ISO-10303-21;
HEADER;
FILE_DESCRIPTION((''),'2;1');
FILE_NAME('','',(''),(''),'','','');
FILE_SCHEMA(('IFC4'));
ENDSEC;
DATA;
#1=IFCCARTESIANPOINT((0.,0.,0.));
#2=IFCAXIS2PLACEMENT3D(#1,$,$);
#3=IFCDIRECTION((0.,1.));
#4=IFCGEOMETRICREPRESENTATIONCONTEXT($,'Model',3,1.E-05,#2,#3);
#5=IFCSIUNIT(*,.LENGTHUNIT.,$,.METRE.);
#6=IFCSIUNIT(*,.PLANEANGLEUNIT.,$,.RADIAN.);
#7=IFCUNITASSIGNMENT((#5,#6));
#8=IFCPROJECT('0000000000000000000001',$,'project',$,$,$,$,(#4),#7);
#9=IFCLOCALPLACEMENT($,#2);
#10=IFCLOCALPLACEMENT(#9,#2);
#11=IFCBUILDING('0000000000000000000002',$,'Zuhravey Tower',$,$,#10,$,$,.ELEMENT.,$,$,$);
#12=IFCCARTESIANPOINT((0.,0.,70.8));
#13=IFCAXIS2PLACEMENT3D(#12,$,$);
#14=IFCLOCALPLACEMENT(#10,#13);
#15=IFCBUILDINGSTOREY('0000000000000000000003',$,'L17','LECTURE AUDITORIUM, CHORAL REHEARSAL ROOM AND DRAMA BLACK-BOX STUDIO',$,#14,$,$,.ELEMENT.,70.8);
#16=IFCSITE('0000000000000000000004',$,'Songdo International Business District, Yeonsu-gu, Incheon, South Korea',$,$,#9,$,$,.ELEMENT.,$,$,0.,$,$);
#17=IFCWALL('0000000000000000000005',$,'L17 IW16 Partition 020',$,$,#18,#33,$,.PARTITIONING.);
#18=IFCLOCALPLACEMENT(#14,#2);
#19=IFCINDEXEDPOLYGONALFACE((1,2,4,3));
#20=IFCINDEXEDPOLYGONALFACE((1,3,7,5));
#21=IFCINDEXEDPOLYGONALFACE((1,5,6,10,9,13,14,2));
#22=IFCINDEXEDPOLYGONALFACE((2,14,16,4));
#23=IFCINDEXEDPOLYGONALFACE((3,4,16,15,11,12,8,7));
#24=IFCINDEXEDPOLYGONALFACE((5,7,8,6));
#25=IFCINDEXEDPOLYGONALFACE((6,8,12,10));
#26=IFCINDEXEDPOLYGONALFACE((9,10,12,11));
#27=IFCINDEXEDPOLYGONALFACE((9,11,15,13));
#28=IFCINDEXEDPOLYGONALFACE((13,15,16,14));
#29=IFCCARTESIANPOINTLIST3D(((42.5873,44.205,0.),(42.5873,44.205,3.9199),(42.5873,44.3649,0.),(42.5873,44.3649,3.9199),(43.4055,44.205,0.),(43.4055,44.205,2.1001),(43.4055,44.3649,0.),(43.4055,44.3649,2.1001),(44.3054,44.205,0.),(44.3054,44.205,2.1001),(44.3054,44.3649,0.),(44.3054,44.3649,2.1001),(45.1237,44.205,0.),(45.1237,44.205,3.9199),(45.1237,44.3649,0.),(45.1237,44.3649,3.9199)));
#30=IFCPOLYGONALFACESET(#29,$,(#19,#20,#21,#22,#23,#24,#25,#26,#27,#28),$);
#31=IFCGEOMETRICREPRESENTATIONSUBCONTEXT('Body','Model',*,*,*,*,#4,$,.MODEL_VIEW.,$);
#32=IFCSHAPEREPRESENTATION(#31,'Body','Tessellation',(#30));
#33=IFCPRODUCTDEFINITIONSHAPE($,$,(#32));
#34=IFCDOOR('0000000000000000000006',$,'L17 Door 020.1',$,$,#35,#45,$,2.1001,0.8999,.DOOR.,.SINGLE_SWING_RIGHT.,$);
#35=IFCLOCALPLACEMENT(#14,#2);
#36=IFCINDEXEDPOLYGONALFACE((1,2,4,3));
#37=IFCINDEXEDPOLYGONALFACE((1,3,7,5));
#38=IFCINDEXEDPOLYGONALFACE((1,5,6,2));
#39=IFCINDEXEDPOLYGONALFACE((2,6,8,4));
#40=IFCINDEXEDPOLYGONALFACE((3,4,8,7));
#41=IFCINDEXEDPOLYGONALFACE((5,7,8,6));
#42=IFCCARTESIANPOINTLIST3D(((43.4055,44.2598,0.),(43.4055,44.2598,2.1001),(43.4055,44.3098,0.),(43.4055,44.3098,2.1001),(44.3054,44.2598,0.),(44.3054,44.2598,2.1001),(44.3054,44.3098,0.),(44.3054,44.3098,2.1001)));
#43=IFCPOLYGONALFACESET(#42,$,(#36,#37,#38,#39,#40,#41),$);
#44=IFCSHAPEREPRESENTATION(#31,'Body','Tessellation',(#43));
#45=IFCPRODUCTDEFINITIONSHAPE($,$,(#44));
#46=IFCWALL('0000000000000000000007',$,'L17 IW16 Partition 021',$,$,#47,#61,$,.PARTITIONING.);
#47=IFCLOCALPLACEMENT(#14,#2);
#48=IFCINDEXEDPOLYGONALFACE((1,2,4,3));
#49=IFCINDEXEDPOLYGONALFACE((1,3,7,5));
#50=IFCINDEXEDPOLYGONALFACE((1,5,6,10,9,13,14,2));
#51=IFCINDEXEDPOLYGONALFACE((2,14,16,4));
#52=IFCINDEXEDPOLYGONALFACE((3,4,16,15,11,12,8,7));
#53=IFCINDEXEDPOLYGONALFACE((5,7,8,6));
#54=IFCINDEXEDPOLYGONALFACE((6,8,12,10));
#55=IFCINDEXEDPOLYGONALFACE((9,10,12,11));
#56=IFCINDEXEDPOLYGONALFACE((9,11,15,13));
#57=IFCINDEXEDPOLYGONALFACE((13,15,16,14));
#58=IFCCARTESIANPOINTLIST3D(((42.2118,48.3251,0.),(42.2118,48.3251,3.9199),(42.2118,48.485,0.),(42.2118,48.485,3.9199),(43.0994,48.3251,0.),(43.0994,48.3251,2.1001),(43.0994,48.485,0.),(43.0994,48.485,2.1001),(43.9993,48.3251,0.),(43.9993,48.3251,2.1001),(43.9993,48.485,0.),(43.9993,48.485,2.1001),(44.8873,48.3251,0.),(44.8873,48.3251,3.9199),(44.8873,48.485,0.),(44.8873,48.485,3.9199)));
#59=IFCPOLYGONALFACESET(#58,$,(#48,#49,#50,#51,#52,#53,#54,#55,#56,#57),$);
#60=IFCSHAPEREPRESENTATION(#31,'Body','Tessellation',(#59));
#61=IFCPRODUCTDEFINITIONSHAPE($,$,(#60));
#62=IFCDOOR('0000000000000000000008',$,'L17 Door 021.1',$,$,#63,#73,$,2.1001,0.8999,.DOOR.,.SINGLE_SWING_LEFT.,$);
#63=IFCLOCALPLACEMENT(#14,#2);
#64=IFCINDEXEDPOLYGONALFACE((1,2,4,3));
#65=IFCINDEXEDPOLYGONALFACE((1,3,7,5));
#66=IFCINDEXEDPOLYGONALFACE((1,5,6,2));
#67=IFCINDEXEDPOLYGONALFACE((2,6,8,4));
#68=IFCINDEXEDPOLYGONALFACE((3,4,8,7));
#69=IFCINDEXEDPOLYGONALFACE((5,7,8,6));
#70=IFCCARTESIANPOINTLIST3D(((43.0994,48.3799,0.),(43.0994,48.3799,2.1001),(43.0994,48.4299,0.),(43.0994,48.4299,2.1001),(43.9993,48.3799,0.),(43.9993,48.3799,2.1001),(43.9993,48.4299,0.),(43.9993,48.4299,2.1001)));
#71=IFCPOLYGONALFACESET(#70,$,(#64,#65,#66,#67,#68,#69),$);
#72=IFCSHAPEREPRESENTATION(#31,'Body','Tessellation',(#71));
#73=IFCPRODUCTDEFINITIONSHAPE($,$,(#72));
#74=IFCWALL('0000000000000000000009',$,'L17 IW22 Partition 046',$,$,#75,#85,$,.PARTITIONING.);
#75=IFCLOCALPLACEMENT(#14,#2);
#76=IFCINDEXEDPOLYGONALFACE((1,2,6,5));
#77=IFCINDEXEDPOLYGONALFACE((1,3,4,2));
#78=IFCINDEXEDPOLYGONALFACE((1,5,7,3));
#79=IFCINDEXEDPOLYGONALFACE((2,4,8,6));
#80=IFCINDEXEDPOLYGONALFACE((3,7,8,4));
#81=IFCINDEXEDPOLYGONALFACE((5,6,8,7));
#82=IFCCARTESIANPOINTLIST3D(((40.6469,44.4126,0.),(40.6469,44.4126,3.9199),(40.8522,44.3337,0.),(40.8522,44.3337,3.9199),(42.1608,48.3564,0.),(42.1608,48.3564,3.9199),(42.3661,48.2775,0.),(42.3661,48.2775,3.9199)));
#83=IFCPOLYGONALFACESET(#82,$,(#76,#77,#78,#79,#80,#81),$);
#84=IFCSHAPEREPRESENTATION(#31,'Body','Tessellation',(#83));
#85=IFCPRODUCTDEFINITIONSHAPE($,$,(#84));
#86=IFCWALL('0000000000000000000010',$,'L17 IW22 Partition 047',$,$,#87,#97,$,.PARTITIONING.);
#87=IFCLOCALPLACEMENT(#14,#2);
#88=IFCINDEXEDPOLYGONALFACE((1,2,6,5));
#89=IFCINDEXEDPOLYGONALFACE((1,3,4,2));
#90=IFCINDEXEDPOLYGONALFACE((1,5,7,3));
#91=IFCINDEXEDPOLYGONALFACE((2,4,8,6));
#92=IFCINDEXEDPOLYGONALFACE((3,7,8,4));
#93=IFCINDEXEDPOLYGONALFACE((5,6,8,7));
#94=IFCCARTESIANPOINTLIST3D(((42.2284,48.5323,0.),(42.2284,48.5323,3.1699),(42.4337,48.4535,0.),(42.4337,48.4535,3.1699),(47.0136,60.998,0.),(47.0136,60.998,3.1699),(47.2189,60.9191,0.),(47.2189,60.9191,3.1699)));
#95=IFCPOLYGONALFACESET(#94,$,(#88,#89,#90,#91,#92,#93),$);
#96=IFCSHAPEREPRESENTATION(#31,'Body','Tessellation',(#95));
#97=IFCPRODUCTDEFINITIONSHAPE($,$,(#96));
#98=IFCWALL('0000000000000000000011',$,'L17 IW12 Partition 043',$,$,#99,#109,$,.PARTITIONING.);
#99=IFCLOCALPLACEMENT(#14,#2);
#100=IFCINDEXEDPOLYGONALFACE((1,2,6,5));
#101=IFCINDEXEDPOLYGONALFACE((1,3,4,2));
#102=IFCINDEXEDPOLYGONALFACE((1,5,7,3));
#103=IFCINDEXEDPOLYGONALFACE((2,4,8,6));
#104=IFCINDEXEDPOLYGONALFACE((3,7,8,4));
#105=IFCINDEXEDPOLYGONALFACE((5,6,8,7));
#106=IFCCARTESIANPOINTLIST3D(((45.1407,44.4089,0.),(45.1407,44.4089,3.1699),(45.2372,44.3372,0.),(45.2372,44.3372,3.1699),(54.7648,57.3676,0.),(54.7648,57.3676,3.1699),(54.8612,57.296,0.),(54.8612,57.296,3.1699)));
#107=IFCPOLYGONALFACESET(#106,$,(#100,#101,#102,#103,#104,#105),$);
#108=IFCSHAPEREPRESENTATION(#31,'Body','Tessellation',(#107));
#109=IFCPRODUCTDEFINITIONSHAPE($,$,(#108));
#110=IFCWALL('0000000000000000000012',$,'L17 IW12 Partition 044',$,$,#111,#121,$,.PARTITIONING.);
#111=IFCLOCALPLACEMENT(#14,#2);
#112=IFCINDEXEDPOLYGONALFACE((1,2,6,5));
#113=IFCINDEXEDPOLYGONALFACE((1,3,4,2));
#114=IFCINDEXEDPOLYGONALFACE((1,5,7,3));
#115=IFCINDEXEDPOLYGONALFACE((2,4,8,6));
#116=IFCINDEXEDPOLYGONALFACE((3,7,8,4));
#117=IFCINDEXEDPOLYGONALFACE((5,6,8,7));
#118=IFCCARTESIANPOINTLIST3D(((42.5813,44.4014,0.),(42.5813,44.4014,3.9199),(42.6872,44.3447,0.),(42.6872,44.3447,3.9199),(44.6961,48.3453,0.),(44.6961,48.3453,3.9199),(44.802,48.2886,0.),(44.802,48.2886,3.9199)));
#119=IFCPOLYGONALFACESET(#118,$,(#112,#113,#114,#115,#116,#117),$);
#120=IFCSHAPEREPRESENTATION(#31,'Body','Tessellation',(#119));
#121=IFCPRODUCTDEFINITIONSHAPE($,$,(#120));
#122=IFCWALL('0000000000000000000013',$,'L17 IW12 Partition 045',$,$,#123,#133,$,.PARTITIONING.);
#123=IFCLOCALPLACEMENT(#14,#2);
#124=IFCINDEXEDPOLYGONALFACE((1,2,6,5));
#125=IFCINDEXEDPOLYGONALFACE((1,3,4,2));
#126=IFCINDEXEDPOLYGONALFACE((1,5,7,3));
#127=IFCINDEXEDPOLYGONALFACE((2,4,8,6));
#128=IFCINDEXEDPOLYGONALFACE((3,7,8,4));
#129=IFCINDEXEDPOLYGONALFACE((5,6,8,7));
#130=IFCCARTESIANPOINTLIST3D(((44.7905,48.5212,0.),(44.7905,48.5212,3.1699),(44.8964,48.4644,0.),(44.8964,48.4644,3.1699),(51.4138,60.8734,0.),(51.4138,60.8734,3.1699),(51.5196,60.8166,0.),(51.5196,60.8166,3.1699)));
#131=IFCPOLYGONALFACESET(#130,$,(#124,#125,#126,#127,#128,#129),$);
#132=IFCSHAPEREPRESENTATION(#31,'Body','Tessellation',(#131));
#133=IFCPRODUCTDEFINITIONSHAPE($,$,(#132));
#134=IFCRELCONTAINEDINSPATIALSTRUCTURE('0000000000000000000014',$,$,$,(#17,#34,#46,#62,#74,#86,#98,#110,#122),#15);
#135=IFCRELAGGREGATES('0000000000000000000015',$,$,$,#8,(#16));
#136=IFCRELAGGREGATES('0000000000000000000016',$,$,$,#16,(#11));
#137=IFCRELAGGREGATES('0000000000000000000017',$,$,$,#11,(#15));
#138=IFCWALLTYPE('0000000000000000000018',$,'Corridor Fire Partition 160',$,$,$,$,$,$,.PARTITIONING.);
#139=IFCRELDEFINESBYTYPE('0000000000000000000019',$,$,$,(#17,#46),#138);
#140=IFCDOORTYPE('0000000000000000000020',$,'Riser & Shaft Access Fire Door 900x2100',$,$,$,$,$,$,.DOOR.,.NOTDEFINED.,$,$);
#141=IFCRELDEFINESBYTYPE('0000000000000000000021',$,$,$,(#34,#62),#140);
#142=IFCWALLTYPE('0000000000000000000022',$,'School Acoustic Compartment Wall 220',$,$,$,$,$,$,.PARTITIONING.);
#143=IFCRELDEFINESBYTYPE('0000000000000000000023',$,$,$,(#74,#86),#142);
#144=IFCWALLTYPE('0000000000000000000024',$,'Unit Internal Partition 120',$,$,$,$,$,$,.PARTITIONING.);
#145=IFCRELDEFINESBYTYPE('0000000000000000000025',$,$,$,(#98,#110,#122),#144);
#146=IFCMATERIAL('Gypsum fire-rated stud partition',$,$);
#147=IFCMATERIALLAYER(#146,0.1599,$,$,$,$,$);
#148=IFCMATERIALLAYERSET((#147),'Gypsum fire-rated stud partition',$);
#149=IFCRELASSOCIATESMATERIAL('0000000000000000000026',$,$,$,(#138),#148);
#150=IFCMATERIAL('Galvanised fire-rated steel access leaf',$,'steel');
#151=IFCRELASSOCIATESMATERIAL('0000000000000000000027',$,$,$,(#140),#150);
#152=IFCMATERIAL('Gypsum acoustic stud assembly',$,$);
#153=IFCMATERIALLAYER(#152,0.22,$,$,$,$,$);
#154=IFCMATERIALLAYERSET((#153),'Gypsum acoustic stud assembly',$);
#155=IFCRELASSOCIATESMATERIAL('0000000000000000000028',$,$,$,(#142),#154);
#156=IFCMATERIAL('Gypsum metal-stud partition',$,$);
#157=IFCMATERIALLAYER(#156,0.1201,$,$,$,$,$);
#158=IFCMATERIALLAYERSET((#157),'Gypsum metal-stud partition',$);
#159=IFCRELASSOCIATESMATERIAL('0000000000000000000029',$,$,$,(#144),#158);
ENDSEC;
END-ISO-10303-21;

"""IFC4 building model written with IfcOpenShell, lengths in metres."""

from ifc_helpers import new_model, si_unit, direction, frame, frame_2d, origin, place, context, subcontext, project, spatial, rectangle, extrude, material, layer, layer_set, type_object, element, fill, save


model = new_model("IFC4")

# Units and contexts
model_context = context("Model", 3, precision=1e-05, world=origin(), true_north=direction((0.0, 1.0)))
body_context = subcontext(model_context, "Body", "Model", "MODEL_VIEW")
ifc_project = project(units=[si_unit("LENGTHUNIT", "METRE"), si_unit("PLANEANGLEUNIT", "RADIAN")], contexts=[model_context])

# Site, building, storey
site_placement = place(None, origin())
site = spatial("IfcSite", under=ifc_project, at=site_placement, Name="Songdo International Business District, Yeonsu-gu, Incheon, South Korea", CompositionType="ELEMENT", RefElevation=0.0)
building_placement = place(site_placement, origin())
building = spatial("IfcBuilding", under=site, at=building_placement, Name="Zuhravey Tower", CompositionType="ELEMENT")
storey_placement = place(building_placement, frame((0.0, 0.0, 70.8)))
storey = spatial("IfcBuildingStorey", under=building, at=storey_placement, Name="L17", Description="LECTURE AUDITORIUM, CHORAL REHEARSAL ROOM AND DRAMA BLACK-BOX STUDIO", CompositionType="ELEMENT", Elevation=70.8)

# Walls, openings, doors
ifc_material_1 = material(Name="Gypsum fire-rated stud partition")
ifc_layer_1 = layer(ifc_material_1, 0.1599)
ifc_layer_set_1 = layer_set([ifc_layer_1], Name="Gypsum fire-rated stud partition")
wall_type_1 = type_object("IfcWallType", Name="Corridor Fire Partition 160", PredefinedType="PARTITIONING", material=ifc_layer_set_1)
wall_1_placement = place(storey_placement, frame((45.1235, 44.2849, 0.0), z_axis=(0.0, 0.0, 1.0), x_axis=(-1.0, 0.0, 0.0)))
wall_1 = element("IfcWall", 1, at=wall_1_placement, inside=storey, type_object=wall_type_1, Name="L17 IW16 Partition 020", PredefinedType="PARTITIONING", context=body_context, shape_type="SweptSolid", body=[
    extrude(rectangle(XDim=2.5364, YDim=0.1599, at=frame_2d((1.2681, 0.0))), origin(), (0.0, 0.0, 1.0), 3.9199),
])
opening_1_placement = place(wall_1_placement, frame((0.8181, 0.0, 0.0)))
opening_1 = element("IfcOpeningElement", 2, at=opening_1_placement, cuts=wall_1, PredefinedType="OPENING", context=body_context, shape_type="SweptSolid", body=[
    extrude(rectangle(XDim=0.8999, YDim=2.1001, at=frame_2d((0.45, 1.05))), frame((0.0, 0.092, 0.0), z_axis=(0.0, -1.0, 0.0), x_axis=(1.0, 0.0, 0.0)), (0.0, 0.0, 1.0), 0.1838),
])
ifc_material_2 = material(Name="Galvanised fire-rated steel access leaf", Category="steel")
door_type = type_object("IfcDoorType", Name="Riser & Shaft Access Fire Door 900x2100", OperationType="NOTDEFINED", PredefinedType="DOOR", material=ifc_material_2)
door_1_placement = place(opening_1_placement, frame((0.8999, 0.0, 0.0), z_axis=(0.0, 0.0, 1.0), x_axis=(-1.0, 0.0, 0.0)))
door_1 = element("IfcDoor", 3, at=door_1_placement, inside=storey, type_object=door_type, Name="L17 Door 020.1", OperationType="SINGLE_SWING_RIGHT", OverallHeight=2.1001, OverallWidth=0.8999, PredefinedType="DOOR", context=body_context, shape_type="SweptSolid", body=[
    extrude(rectangle(XDim=0.8999, YDim=2.1001, at=frame_2d((0.45, 1.05))), frame((0.0, 0.0249, 0.0), z_axis=(0.0, -1.0, 0.0), x_axis=(1.0, 0.0, 0.0)), (0.0, 0.0, 1.0), 0.05),
])
fill(opening_1, door_1)
wall_2_placement = place(storey_placement, frame((42.2117, 48.405, 0.0), z_axis=(0.0, 0.0, 1.0), x_axis=(1.0, 0.0, 0.0)))
wall_2 = element("IfcWall", 4, at=wall_2_placement, inside=storey, type_object=wall_type_1, Name="L17 IW16 Partition 021", PredefinedType="PARTITIONING", context=body_context, shape_type="SweptSolid", body=[
    extrude(rectangle(XDim=2.6755, YDim=0.1599, at=frame_2d((1.3379, 0.0))), origin(), (0.0, 0.0, 1.0), 3.9199),
])
opening_2_placement = place(wall_2_placement, frame((0.8877, 0.0, 0.0)))
opening_2 = element("IfcOpeningElement", 5, at=opening_2_placement, cuts=wall_2, PredefinedType="OPENING", context=body_context, shape_type="SweptSolid", body=[
    extrude(rectangle(XDim=0.8999, YDim=2.1001, at=frame_2d((0.45, 1.05))), frame((0.0, 0.092, 0.0), z_axis=(0.0, -1.0, 0.0), x_axis=(1.0, 0.0, 0.0)), (0.0, 0.0, 1.0), 0.1838),
])
door_2_placement = place(opening_2_placement, origin())
door_2 = element("IfcDoor", 6, at=door_2_placement, inside=storey, type_object=door_type, Name="L17 Door 021.1", OperationType="SINGLE_SWING_LEFT", OverallHeight=2.1001, OverallWidth=0.8999, PredefinedType="DOOR", context=body_context, shape_type="SweptSolid", body=[
    extrude(rectangle(XDim=0.8999, YDim=2.1001, at=frame_2d((0.45, 1.05))), frame((0.0, 0.0249, 0.0), z_axis=(0.0, -1.0, 0.0), x_axis=(1.0, 0.0, 0.0)), (0.0, 0.0, 1.0), 0.05),
])
fill(opening_2, door_2)

# Walls
ifc_material_3 = material(Name="Gypsum acoustic stud assembly")
ifc_layer_2 = layer(ifc_material_3, 0.22)
ifc_layer_set_2 = layer_set([ifc_layer_2], Name="Gypsum acoustic stud assembly")
wall_type_2 = type_object("IfcWallType", Name="School Acoustic Compartment Wall 220", PredefinedType="PARTITIONING", material=ifc_layer_set_2)
wall_3_placement = place(storey_placement, frame((40.7495, 44.373, 0.0), z_axis=(0.0, 0.0, 1.0), x_axis=(0.358371, 0.933579, 0.0)))
element("IfcWall", 7, at=wall_3_placement, inside=storey, type_object=wall_type_2, Name="L17 IW22 Partition 046", PredefinedType="PARTITIONING", context=body_context, shape_type="SweptSolid", body=[
    extrude(rectangle(XDim=4.2244, YDim=0.22, at=frame_2d((2.1123, 0.0))), origin(), (0.0, 0.0, 1.0), 3.9199),
])
wall_4_placement = place(storey_placement, frame((42.3311, 48.4929, 0.0), z_axis=(0.0, 0.0, 1.0), x_axis=(0.358373, 0.933579, 0.0)))
element("IfcWall", 8, at=wall_4_placement, inside=storey, type_object=wall_type_2, Name="L17 IW22 Partition 047", PredefinedType="PARTITIONING", context=body_context, shape_type="SweptSolid", body=[
    extrude(rectangle(XDim=13.3525, YDim=0.22, at=frame_2d((6.6763, 0.0))), origin(), (0.0, 0.0, 1.0), 3.1699),
])
ifc_material_4 = material(Name="Gypsum metal-stud partition")
ifc_layer_3 = layer(ifc_material_4, 0.1201)
ifc_layer_set_3 = layer_set([ifc_layer_3], Name="Gypsum metal-stud partition")
wall_type_3 = type_object("IfcWallType", Name="Unit Internal Partition 120", PredefinedType="PARTITIONING", material=ifc_layer_set_3)
wall_5_placement = place(storey_placement, frame((45.189, 44.373, 0.0), z_axis=(0.0, 0.0, 1.0), x_axis=(0.596225, 0.802817, 0.0)))
element("IfcWall", 9, at=wall_5_placement, inside=storey, type_object=wall_type_3, Name="L17 IW12 Partition 043", PredefinedType="PARTITIONING", context=body_context, shape_type="SweptSolid", body=[
    extrude(rectangle(XDim=16.1416, YDim=0.1201, at=frame_2d((8.0708, 0.0))), origin(), (0.0, 0.0, 1.0), 3.1699),
])
wall_6_placement = place(storey_placement, frame((42.6343, 44.373, 0.0), z_axis=(0.0, 0.0, 1.0), x_axis=(0.472564, 0.881297, 0.0)))
element("IfcWall", 10, at=wall_6_placement, inside=storey, type_object=wall_type_3, Name="L17 IW12 Partition 044", PredefinedType="PARTITIONING", context=body_context, shape_type="SweptSolid", body=[
    extrude(rectangle(XDim=4.4751, YDim=0.1201, at=frame_2d((2.2375, 0.0))), origin(), (0.0, 0.0, 1.0), 3.9199),
])
wall_7_placement = place(storey_placement, frame((44.8435, 48.4929, 0.0), z_axis=(0.0, 0.0, 1.0), x_axis=(0.472553, 0.881302, 0.0)))
element("IfcWall", 11, at=wall_7_placement, inside=storey, type_object=wall_type_3, Name="L17 IW12 Partition 045", PredefinedType="PARTITIONING", context=body_context, shape_type="SweptSolid", body=[
    extrude(rectangle(XDim=14.0159, YDim=0.1201, at=frame_2d((7.0078, 0.0))), origin(), (0.0, 0.0, 1.0), 3.1699),
])

save(model, "model.ifc")
